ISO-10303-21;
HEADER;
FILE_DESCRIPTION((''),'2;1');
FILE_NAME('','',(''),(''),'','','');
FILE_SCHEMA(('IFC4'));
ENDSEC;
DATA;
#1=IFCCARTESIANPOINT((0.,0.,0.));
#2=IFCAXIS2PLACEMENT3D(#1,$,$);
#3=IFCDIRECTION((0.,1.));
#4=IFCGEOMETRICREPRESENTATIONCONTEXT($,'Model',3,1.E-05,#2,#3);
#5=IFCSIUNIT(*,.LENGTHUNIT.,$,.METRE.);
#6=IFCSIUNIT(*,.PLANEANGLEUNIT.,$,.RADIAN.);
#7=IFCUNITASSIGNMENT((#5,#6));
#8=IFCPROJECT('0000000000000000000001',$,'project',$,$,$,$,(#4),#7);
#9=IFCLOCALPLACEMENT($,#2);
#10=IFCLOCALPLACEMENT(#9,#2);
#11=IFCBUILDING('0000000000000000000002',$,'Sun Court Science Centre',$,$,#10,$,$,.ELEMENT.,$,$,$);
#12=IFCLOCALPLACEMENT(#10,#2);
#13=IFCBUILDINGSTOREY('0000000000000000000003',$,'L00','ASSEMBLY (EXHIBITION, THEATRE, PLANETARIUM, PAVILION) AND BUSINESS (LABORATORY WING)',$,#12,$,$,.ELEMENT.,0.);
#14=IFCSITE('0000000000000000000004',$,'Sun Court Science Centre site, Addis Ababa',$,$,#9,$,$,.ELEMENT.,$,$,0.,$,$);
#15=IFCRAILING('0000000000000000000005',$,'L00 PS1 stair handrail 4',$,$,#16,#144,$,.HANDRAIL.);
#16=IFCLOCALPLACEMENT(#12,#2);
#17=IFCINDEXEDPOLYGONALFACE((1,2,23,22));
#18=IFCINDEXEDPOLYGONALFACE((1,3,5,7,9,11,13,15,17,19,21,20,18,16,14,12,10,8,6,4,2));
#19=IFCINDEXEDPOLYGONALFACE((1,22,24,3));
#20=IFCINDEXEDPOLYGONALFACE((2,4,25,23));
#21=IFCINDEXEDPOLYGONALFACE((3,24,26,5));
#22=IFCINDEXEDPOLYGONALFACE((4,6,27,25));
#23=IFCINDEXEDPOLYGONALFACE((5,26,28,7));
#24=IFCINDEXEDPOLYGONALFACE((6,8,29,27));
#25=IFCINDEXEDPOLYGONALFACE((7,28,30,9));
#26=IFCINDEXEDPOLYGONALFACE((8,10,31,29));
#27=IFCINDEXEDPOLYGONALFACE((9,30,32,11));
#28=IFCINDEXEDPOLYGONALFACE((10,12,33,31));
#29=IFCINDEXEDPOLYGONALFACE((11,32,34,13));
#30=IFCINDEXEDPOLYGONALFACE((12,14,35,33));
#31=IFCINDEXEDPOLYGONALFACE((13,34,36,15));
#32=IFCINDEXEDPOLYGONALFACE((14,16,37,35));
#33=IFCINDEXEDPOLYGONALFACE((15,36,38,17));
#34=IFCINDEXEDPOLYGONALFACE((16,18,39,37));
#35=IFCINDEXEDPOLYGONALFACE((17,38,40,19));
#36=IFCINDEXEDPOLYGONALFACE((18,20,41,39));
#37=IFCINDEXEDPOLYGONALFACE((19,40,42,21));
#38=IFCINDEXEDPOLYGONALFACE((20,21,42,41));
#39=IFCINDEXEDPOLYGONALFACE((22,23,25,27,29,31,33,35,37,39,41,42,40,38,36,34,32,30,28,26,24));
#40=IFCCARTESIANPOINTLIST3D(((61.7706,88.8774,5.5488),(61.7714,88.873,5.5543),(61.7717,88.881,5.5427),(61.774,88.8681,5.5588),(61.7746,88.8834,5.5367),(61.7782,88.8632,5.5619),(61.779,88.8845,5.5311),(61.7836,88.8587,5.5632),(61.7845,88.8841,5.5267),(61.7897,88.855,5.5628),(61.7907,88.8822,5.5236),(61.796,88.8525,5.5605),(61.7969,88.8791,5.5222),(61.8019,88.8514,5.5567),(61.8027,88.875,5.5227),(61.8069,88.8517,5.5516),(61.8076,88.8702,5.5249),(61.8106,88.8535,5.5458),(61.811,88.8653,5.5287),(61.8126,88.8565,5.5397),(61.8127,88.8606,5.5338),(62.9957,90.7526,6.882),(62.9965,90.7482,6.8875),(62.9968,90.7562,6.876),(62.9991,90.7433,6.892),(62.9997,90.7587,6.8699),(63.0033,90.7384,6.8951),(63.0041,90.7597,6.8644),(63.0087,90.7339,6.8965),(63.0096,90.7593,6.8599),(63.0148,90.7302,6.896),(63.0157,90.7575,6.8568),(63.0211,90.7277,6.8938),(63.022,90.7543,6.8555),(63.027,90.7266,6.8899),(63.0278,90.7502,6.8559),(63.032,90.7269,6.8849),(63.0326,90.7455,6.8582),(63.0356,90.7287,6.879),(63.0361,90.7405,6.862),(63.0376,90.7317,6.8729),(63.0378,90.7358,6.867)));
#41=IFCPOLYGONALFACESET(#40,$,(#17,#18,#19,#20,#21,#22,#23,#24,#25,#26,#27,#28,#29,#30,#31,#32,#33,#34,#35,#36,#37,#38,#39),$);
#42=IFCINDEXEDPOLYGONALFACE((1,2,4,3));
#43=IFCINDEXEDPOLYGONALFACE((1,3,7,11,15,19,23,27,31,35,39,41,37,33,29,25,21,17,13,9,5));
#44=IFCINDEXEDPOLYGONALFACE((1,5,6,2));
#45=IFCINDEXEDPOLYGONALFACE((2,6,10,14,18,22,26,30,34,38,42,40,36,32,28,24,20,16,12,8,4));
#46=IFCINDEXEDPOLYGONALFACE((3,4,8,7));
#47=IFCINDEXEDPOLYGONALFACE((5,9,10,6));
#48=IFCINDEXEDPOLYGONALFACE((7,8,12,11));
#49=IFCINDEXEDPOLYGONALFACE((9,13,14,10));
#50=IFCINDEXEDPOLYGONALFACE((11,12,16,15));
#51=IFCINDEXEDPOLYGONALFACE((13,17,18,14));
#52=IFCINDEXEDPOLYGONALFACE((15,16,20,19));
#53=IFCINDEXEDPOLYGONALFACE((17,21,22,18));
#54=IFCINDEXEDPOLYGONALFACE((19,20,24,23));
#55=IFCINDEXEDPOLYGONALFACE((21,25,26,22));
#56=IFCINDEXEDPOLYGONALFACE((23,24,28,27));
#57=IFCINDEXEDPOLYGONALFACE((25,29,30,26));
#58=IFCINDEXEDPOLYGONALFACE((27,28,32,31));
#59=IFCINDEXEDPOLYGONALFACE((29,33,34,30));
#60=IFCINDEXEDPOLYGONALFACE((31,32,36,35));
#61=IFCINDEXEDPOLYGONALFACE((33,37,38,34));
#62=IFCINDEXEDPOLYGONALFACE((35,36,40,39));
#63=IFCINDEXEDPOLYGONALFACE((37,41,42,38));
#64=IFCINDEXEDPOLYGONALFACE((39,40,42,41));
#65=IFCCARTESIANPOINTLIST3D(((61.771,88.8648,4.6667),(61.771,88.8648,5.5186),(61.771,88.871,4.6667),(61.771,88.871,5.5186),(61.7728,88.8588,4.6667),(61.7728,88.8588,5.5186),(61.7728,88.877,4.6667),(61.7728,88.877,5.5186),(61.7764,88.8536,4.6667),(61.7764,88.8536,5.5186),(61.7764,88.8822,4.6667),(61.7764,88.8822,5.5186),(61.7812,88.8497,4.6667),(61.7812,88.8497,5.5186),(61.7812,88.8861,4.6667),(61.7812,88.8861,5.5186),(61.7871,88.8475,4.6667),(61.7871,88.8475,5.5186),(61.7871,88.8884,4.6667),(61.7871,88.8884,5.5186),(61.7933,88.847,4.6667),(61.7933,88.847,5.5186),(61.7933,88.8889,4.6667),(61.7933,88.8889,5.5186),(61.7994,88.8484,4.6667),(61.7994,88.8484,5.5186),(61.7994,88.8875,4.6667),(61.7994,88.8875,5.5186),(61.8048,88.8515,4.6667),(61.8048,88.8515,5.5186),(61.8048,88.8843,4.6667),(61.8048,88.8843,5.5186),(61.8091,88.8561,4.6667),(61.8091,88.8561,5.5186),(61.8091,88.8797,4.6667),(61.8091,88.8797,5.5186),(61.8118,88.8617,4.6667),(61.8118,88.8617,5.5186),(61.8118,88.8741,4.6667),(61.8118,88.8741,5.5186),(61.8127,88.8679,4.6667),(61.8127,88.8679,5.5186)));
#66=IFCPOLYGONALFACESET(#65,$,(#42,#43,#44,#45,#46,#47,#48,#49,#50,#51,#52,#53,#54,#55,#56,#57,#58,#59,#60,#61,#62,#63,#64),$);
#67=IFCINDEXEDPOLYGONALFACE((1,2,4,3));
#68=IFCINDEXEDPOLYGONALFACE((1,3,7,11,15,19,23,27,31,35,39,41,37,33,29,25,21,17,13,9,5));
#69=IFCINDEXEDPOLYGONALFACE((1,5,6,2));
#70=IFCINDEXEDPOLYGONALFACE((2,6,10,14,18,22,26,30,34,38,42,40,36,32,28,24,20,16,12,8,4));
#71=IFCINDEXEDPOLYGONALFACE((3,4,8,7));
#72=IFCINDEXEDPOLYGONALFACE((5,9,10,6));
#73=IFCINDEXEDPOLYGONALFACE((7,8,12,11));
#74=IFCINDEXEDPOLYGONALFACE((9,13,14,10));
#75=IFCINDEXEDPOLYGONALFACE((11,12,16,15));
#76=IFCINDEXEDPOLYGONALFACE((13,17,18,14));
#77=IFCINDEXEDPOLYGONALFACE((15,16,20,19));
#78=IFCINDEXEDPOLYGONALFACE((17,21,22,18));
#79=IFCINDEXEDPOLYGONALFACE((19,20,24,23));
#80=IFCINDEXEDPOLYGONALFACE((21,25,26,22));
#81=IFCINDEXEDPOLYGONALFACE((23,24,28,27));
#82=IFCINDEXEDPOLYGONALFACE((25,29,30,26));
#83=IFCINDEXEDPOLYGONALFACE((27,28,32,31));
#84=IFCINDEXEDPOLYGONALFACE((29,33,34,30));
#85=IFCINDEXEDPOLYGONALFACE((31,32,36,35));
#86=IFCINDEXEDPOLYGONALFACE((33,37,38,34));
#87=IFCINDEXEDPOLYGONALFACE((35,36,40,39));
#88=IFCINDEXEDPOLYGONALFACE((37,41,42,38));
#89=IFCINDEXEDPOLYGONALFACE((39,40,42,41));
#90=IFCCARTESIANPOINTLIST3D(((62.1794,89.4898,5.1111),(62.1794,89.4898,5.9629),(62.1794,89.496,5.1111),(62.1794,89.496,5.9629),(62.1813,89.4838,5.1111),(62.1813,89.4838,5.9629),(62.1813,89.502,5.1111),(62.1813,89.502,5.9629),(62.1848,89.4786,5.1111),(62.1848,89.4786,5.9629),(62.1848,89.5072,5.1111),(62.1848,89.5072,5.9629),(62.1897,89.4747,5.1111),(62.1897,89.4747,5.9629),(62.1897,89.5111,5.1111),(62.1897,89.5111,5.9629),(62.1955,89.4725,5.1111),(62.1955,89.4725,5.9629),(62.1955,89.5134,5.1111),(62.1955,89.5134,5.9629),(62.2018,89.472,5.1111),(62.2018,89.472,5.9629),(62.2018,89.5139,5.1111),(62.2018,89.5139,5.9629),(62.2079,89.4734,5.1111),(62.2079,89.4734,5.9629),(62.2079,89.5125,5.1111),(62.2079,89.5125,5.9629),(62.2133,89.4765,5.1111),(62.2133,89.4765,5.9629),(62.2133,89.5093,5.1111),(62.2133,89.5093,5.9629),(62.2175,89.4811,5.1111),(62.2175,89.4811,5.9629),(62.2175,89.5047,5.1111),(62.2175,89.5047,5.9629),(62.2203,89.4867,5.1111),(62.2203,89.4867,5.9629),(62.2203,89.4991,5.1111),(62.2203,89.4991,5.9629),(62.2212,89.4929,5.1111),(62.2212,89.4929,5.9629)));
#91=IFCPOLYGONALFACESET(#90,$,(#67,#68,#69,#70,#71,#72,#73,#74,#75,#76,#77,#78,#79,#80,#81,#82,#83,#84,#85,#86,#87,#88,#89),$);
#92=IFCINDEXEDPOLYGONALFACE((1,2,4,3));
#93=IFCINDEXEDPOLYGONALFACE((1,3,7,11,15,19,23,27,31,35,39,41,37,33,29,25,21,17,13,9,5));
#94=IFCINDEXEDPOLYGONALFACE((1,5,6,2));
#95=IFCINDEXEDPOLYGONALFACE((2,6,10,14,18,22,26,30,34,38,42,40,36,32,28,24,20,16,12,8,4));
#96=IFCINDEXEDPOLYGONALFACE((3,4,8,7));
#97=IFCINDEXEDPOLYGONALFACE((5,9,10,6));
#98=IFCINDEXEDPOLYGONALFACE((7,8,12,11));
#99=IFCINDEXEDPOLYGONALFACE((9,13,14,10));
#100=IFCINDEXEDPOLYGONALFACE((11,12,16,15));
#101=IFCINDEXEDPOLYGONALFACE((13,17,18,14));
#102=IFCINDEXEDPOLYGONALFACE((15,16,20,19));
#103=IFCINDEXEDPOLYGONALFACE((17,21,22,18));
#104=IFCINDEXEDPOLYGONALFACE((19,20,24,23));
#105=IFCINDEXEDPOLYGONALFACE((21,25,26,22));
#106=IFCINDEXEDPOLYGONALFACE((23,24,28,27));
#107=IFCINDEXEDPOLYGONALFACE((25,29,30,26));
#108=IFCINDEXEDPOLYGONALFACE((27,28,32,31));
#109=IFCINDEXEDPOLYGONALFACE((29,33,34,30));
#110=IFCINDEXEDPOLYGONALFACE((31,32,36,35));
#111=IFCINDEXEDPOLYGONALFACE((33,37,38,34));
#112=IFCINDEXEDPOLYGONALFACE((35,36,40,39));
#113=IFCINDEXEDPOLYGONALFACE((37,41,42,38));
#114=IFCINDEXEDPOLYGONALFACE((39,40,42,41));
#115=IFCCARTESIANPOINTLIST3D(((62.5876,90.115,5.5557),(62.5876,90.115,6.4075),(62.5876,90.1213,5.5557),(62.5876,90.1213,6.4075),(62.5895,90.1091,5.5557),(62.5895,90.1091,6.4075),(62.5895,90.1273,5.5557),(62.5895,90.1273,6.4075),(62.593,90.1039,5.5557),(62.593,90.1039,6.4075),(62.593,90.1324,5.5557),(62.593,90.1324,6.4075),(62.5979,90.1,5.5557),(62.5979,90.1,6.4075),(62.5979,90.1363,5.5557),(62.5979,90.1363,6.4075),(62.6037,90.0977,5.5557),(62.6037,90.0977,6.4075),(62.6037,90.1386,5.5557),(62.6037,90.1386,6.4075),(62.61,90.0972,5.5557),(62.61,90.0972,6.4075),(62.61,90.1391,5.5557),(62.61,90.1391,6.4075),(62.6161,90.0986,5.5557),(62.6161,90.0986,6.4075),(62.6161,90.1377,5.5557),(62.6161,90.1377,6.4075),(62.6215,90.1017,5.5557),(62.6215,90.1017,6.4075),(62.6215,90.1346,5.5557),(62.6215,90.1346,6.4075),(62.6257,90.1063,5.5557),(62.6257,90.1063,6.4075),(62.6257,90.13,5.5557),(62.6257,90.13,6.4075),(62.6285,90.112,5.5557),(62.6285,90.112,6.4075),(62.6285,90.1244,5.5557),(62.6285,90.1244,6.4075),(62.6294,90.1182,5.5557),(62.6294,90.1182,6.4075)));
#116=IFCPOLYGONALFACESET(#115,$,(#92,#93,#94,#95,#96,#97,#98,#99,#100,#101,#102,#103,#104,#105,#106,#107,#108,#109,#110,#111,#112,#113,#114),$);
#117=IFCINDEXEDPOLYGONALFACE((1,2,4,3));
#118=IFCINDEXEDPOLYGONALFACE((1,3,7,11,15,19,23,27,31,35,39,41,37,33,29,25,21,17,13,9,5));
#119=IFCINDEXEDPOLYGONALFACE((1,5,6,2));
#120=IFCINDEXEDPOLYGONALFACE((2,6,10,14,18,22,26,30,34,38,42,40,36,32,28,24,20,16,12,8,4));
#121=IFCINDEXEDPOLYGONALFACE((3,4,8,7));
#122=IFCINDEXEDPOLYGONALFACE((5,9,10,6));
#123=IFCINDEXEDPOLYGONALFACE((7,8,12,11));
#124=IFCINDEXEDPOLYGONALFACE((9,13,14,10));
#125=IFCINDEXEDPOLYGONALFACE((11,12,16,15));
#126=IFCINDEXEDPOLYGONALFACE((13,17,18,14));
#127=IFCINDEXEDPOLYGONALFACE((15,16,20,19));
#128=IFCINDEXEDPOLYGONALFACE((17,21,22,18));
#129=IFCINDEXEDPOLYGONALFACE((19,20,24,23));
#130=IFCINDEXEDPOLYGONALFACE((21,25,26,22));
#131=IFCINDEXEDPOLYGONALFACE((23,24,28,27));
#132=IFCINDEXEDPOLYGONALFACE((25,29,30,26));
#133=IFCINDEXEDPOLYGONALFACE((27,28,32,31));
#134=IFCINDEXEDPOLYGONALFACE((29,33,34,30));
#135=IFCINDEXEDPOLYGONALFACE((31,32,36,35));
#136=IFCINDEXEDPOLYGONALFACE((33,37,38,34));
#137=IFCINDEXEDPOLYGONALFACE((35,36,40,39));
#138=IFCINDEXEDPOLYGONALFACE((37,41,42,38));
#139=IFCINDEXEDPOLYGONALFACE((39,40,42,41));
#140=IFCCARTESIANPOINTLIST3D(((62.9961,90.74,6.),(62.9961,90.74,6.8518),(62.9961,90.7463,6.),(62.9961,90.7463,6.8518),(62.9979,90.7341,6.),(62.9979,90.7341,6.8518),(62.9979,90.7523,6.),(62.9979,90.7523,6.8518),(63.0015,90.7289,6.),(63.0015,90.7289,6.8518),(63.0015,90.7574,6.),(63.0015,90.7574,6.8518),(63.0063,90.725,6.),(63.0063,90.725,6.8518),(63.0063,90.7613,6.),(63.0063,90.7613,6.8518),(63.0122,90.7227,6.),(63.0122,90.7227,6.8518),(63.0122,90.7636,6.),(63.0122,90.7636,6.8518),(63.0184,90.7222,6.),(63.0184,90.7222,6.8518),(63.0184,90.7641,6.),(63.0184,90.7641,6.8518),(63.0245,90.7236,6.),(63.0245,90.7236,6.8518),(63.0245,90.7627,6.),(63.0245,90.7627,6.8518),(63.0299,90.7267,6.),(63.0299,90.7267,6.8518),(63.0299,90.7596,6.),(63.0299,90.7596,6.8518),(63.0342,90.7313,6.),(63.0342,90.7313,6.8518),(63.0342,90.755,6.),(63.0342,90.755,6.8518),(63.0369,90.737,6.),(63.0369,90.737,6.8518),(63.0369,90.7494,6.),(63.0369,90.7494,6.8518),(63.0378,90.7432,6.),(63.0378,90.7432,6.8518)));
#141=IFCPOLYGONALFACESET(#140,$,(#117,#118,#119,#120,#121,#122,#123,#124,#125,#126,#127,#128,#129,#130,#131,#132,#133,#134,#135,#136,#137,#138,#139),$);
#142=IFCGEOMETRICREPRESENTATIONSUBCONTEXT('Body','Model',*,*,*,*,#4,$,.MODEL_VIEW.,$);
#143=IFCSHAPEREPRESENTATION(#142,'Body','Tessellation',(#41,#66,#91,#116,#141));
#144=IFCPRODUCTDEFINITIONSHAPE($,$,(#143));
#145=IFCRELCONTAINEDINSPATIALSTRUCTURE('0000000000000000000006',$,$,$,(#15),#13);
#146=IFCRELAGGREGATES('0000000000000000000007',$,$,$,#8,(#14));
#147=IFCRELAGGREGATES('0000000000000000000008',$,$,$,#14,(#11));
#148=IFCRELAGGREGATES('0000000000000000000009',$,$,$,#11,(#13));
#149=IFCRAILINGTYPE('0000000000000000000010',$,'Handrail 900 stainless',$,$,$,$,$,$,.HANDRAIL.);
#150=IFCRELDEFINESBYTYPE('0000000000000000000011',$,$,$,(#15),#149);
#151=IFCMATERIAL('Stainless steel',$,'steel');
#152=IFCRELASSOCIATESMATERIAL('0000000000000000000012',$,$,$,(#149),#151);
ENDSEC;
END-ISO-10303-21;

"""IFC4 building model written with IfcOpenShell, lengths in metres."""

from ifc_helpers import new_model, si_unit, direction, frame, origin, origin_2d, place, context, subcontext, project, spatial, circle, extrude, material, type_object, element, save


model = new_model("IFC4")

# Units and contexts
model_context = context("Model", 3, precision=1e-05, world=origin(), true_north=direction((0.0, 1.0)))
body_context = subcontext(model_context, "Body", "Model", "MODEL_VIEW")
ifc_project = project(units=[si_unit("LENGTHUNIT", "METRE"), si_unit("PLANEANGLEUNIT", "RADIAN")], contexts=[model_context])

# Site, building, storey
site_placement = place(None, origin())
site = spatial("IfcSite", under=ifc_project, at=site_placement, Name="Sun Court Science Centre site, Addis Ababa", CompositionType="ELEMENT", RefElevation=0.0)
building_placement = place(site_placement, origin())
building = spatial("IfcBuilding", under=site, at=building_placement, Name="Sun Court Science Centre", CompositionType="ELEMENT")
storey_placement = place(building_placement, origin())
storey = spatial("IfcBuildingStorey", under=building, at=storey_placement, Name="L00", Description="ASSEMBLY (EXHIBITION, THEATRE, PLANETARIUM, PAVILION) AND BUSINESS (LABORATORY WING)", CompositionType="ELEMENT", Elevation=0.0)

# Railing
ifc_material_1 = material(Name="Stainless steel", Category="steel")
railing_type_1 = type_object("IfcRailingType", Name="Handrail 900 stainless", PredefinedType="HANDRAIL", material=ifc_material_1)
for number, where, name in (
    (1, (61.7917, 88.8679, 4.6667), "L00 PS1 stair handrail 4"),
):
    element("IfcRailing", number, at=place(storey_placement, frame(where)), inside=storey, type_object=railing_type_1, Name=name, PredefinedType="HANDRAIL", context=body_context, shape_type="SweptSolid", body=[
        extrude(circle(Radius=0.0239, at=origin_2d()), frame((0.0, 0.0, 0.876), z_axis=(0.469978, 0.71939, 0.511468), x_axis=(-0.837179, 0.546929, 0.0)), (0.0, 0.0, 1.0), 2.6067),
        extrude(circle(Radius=0.021, at=origin_2d()), origin(), (0.0, 0.0, 1.0), 0.8518),
        extrude(circle(Radius=0.021, at=origin_2d()), frame((0.4084, 0.625, 0.4443)), (0.0, 0.0, 1.0), 0.8518),
        extrude(circle(Radius=0.021, at=origin_2d()), frame((0.8167, 1.2502, 0.8889)), (0.0, 0.0, 1.0), 0.8518),
        extrude(circle(Radius=0.021, at=origin_2d()), frame((1.2251, 1.8752, 1.3333)), (0.0, 0.0, 1.0), 0.8518),
    ])

save(model, "model.ifc")
